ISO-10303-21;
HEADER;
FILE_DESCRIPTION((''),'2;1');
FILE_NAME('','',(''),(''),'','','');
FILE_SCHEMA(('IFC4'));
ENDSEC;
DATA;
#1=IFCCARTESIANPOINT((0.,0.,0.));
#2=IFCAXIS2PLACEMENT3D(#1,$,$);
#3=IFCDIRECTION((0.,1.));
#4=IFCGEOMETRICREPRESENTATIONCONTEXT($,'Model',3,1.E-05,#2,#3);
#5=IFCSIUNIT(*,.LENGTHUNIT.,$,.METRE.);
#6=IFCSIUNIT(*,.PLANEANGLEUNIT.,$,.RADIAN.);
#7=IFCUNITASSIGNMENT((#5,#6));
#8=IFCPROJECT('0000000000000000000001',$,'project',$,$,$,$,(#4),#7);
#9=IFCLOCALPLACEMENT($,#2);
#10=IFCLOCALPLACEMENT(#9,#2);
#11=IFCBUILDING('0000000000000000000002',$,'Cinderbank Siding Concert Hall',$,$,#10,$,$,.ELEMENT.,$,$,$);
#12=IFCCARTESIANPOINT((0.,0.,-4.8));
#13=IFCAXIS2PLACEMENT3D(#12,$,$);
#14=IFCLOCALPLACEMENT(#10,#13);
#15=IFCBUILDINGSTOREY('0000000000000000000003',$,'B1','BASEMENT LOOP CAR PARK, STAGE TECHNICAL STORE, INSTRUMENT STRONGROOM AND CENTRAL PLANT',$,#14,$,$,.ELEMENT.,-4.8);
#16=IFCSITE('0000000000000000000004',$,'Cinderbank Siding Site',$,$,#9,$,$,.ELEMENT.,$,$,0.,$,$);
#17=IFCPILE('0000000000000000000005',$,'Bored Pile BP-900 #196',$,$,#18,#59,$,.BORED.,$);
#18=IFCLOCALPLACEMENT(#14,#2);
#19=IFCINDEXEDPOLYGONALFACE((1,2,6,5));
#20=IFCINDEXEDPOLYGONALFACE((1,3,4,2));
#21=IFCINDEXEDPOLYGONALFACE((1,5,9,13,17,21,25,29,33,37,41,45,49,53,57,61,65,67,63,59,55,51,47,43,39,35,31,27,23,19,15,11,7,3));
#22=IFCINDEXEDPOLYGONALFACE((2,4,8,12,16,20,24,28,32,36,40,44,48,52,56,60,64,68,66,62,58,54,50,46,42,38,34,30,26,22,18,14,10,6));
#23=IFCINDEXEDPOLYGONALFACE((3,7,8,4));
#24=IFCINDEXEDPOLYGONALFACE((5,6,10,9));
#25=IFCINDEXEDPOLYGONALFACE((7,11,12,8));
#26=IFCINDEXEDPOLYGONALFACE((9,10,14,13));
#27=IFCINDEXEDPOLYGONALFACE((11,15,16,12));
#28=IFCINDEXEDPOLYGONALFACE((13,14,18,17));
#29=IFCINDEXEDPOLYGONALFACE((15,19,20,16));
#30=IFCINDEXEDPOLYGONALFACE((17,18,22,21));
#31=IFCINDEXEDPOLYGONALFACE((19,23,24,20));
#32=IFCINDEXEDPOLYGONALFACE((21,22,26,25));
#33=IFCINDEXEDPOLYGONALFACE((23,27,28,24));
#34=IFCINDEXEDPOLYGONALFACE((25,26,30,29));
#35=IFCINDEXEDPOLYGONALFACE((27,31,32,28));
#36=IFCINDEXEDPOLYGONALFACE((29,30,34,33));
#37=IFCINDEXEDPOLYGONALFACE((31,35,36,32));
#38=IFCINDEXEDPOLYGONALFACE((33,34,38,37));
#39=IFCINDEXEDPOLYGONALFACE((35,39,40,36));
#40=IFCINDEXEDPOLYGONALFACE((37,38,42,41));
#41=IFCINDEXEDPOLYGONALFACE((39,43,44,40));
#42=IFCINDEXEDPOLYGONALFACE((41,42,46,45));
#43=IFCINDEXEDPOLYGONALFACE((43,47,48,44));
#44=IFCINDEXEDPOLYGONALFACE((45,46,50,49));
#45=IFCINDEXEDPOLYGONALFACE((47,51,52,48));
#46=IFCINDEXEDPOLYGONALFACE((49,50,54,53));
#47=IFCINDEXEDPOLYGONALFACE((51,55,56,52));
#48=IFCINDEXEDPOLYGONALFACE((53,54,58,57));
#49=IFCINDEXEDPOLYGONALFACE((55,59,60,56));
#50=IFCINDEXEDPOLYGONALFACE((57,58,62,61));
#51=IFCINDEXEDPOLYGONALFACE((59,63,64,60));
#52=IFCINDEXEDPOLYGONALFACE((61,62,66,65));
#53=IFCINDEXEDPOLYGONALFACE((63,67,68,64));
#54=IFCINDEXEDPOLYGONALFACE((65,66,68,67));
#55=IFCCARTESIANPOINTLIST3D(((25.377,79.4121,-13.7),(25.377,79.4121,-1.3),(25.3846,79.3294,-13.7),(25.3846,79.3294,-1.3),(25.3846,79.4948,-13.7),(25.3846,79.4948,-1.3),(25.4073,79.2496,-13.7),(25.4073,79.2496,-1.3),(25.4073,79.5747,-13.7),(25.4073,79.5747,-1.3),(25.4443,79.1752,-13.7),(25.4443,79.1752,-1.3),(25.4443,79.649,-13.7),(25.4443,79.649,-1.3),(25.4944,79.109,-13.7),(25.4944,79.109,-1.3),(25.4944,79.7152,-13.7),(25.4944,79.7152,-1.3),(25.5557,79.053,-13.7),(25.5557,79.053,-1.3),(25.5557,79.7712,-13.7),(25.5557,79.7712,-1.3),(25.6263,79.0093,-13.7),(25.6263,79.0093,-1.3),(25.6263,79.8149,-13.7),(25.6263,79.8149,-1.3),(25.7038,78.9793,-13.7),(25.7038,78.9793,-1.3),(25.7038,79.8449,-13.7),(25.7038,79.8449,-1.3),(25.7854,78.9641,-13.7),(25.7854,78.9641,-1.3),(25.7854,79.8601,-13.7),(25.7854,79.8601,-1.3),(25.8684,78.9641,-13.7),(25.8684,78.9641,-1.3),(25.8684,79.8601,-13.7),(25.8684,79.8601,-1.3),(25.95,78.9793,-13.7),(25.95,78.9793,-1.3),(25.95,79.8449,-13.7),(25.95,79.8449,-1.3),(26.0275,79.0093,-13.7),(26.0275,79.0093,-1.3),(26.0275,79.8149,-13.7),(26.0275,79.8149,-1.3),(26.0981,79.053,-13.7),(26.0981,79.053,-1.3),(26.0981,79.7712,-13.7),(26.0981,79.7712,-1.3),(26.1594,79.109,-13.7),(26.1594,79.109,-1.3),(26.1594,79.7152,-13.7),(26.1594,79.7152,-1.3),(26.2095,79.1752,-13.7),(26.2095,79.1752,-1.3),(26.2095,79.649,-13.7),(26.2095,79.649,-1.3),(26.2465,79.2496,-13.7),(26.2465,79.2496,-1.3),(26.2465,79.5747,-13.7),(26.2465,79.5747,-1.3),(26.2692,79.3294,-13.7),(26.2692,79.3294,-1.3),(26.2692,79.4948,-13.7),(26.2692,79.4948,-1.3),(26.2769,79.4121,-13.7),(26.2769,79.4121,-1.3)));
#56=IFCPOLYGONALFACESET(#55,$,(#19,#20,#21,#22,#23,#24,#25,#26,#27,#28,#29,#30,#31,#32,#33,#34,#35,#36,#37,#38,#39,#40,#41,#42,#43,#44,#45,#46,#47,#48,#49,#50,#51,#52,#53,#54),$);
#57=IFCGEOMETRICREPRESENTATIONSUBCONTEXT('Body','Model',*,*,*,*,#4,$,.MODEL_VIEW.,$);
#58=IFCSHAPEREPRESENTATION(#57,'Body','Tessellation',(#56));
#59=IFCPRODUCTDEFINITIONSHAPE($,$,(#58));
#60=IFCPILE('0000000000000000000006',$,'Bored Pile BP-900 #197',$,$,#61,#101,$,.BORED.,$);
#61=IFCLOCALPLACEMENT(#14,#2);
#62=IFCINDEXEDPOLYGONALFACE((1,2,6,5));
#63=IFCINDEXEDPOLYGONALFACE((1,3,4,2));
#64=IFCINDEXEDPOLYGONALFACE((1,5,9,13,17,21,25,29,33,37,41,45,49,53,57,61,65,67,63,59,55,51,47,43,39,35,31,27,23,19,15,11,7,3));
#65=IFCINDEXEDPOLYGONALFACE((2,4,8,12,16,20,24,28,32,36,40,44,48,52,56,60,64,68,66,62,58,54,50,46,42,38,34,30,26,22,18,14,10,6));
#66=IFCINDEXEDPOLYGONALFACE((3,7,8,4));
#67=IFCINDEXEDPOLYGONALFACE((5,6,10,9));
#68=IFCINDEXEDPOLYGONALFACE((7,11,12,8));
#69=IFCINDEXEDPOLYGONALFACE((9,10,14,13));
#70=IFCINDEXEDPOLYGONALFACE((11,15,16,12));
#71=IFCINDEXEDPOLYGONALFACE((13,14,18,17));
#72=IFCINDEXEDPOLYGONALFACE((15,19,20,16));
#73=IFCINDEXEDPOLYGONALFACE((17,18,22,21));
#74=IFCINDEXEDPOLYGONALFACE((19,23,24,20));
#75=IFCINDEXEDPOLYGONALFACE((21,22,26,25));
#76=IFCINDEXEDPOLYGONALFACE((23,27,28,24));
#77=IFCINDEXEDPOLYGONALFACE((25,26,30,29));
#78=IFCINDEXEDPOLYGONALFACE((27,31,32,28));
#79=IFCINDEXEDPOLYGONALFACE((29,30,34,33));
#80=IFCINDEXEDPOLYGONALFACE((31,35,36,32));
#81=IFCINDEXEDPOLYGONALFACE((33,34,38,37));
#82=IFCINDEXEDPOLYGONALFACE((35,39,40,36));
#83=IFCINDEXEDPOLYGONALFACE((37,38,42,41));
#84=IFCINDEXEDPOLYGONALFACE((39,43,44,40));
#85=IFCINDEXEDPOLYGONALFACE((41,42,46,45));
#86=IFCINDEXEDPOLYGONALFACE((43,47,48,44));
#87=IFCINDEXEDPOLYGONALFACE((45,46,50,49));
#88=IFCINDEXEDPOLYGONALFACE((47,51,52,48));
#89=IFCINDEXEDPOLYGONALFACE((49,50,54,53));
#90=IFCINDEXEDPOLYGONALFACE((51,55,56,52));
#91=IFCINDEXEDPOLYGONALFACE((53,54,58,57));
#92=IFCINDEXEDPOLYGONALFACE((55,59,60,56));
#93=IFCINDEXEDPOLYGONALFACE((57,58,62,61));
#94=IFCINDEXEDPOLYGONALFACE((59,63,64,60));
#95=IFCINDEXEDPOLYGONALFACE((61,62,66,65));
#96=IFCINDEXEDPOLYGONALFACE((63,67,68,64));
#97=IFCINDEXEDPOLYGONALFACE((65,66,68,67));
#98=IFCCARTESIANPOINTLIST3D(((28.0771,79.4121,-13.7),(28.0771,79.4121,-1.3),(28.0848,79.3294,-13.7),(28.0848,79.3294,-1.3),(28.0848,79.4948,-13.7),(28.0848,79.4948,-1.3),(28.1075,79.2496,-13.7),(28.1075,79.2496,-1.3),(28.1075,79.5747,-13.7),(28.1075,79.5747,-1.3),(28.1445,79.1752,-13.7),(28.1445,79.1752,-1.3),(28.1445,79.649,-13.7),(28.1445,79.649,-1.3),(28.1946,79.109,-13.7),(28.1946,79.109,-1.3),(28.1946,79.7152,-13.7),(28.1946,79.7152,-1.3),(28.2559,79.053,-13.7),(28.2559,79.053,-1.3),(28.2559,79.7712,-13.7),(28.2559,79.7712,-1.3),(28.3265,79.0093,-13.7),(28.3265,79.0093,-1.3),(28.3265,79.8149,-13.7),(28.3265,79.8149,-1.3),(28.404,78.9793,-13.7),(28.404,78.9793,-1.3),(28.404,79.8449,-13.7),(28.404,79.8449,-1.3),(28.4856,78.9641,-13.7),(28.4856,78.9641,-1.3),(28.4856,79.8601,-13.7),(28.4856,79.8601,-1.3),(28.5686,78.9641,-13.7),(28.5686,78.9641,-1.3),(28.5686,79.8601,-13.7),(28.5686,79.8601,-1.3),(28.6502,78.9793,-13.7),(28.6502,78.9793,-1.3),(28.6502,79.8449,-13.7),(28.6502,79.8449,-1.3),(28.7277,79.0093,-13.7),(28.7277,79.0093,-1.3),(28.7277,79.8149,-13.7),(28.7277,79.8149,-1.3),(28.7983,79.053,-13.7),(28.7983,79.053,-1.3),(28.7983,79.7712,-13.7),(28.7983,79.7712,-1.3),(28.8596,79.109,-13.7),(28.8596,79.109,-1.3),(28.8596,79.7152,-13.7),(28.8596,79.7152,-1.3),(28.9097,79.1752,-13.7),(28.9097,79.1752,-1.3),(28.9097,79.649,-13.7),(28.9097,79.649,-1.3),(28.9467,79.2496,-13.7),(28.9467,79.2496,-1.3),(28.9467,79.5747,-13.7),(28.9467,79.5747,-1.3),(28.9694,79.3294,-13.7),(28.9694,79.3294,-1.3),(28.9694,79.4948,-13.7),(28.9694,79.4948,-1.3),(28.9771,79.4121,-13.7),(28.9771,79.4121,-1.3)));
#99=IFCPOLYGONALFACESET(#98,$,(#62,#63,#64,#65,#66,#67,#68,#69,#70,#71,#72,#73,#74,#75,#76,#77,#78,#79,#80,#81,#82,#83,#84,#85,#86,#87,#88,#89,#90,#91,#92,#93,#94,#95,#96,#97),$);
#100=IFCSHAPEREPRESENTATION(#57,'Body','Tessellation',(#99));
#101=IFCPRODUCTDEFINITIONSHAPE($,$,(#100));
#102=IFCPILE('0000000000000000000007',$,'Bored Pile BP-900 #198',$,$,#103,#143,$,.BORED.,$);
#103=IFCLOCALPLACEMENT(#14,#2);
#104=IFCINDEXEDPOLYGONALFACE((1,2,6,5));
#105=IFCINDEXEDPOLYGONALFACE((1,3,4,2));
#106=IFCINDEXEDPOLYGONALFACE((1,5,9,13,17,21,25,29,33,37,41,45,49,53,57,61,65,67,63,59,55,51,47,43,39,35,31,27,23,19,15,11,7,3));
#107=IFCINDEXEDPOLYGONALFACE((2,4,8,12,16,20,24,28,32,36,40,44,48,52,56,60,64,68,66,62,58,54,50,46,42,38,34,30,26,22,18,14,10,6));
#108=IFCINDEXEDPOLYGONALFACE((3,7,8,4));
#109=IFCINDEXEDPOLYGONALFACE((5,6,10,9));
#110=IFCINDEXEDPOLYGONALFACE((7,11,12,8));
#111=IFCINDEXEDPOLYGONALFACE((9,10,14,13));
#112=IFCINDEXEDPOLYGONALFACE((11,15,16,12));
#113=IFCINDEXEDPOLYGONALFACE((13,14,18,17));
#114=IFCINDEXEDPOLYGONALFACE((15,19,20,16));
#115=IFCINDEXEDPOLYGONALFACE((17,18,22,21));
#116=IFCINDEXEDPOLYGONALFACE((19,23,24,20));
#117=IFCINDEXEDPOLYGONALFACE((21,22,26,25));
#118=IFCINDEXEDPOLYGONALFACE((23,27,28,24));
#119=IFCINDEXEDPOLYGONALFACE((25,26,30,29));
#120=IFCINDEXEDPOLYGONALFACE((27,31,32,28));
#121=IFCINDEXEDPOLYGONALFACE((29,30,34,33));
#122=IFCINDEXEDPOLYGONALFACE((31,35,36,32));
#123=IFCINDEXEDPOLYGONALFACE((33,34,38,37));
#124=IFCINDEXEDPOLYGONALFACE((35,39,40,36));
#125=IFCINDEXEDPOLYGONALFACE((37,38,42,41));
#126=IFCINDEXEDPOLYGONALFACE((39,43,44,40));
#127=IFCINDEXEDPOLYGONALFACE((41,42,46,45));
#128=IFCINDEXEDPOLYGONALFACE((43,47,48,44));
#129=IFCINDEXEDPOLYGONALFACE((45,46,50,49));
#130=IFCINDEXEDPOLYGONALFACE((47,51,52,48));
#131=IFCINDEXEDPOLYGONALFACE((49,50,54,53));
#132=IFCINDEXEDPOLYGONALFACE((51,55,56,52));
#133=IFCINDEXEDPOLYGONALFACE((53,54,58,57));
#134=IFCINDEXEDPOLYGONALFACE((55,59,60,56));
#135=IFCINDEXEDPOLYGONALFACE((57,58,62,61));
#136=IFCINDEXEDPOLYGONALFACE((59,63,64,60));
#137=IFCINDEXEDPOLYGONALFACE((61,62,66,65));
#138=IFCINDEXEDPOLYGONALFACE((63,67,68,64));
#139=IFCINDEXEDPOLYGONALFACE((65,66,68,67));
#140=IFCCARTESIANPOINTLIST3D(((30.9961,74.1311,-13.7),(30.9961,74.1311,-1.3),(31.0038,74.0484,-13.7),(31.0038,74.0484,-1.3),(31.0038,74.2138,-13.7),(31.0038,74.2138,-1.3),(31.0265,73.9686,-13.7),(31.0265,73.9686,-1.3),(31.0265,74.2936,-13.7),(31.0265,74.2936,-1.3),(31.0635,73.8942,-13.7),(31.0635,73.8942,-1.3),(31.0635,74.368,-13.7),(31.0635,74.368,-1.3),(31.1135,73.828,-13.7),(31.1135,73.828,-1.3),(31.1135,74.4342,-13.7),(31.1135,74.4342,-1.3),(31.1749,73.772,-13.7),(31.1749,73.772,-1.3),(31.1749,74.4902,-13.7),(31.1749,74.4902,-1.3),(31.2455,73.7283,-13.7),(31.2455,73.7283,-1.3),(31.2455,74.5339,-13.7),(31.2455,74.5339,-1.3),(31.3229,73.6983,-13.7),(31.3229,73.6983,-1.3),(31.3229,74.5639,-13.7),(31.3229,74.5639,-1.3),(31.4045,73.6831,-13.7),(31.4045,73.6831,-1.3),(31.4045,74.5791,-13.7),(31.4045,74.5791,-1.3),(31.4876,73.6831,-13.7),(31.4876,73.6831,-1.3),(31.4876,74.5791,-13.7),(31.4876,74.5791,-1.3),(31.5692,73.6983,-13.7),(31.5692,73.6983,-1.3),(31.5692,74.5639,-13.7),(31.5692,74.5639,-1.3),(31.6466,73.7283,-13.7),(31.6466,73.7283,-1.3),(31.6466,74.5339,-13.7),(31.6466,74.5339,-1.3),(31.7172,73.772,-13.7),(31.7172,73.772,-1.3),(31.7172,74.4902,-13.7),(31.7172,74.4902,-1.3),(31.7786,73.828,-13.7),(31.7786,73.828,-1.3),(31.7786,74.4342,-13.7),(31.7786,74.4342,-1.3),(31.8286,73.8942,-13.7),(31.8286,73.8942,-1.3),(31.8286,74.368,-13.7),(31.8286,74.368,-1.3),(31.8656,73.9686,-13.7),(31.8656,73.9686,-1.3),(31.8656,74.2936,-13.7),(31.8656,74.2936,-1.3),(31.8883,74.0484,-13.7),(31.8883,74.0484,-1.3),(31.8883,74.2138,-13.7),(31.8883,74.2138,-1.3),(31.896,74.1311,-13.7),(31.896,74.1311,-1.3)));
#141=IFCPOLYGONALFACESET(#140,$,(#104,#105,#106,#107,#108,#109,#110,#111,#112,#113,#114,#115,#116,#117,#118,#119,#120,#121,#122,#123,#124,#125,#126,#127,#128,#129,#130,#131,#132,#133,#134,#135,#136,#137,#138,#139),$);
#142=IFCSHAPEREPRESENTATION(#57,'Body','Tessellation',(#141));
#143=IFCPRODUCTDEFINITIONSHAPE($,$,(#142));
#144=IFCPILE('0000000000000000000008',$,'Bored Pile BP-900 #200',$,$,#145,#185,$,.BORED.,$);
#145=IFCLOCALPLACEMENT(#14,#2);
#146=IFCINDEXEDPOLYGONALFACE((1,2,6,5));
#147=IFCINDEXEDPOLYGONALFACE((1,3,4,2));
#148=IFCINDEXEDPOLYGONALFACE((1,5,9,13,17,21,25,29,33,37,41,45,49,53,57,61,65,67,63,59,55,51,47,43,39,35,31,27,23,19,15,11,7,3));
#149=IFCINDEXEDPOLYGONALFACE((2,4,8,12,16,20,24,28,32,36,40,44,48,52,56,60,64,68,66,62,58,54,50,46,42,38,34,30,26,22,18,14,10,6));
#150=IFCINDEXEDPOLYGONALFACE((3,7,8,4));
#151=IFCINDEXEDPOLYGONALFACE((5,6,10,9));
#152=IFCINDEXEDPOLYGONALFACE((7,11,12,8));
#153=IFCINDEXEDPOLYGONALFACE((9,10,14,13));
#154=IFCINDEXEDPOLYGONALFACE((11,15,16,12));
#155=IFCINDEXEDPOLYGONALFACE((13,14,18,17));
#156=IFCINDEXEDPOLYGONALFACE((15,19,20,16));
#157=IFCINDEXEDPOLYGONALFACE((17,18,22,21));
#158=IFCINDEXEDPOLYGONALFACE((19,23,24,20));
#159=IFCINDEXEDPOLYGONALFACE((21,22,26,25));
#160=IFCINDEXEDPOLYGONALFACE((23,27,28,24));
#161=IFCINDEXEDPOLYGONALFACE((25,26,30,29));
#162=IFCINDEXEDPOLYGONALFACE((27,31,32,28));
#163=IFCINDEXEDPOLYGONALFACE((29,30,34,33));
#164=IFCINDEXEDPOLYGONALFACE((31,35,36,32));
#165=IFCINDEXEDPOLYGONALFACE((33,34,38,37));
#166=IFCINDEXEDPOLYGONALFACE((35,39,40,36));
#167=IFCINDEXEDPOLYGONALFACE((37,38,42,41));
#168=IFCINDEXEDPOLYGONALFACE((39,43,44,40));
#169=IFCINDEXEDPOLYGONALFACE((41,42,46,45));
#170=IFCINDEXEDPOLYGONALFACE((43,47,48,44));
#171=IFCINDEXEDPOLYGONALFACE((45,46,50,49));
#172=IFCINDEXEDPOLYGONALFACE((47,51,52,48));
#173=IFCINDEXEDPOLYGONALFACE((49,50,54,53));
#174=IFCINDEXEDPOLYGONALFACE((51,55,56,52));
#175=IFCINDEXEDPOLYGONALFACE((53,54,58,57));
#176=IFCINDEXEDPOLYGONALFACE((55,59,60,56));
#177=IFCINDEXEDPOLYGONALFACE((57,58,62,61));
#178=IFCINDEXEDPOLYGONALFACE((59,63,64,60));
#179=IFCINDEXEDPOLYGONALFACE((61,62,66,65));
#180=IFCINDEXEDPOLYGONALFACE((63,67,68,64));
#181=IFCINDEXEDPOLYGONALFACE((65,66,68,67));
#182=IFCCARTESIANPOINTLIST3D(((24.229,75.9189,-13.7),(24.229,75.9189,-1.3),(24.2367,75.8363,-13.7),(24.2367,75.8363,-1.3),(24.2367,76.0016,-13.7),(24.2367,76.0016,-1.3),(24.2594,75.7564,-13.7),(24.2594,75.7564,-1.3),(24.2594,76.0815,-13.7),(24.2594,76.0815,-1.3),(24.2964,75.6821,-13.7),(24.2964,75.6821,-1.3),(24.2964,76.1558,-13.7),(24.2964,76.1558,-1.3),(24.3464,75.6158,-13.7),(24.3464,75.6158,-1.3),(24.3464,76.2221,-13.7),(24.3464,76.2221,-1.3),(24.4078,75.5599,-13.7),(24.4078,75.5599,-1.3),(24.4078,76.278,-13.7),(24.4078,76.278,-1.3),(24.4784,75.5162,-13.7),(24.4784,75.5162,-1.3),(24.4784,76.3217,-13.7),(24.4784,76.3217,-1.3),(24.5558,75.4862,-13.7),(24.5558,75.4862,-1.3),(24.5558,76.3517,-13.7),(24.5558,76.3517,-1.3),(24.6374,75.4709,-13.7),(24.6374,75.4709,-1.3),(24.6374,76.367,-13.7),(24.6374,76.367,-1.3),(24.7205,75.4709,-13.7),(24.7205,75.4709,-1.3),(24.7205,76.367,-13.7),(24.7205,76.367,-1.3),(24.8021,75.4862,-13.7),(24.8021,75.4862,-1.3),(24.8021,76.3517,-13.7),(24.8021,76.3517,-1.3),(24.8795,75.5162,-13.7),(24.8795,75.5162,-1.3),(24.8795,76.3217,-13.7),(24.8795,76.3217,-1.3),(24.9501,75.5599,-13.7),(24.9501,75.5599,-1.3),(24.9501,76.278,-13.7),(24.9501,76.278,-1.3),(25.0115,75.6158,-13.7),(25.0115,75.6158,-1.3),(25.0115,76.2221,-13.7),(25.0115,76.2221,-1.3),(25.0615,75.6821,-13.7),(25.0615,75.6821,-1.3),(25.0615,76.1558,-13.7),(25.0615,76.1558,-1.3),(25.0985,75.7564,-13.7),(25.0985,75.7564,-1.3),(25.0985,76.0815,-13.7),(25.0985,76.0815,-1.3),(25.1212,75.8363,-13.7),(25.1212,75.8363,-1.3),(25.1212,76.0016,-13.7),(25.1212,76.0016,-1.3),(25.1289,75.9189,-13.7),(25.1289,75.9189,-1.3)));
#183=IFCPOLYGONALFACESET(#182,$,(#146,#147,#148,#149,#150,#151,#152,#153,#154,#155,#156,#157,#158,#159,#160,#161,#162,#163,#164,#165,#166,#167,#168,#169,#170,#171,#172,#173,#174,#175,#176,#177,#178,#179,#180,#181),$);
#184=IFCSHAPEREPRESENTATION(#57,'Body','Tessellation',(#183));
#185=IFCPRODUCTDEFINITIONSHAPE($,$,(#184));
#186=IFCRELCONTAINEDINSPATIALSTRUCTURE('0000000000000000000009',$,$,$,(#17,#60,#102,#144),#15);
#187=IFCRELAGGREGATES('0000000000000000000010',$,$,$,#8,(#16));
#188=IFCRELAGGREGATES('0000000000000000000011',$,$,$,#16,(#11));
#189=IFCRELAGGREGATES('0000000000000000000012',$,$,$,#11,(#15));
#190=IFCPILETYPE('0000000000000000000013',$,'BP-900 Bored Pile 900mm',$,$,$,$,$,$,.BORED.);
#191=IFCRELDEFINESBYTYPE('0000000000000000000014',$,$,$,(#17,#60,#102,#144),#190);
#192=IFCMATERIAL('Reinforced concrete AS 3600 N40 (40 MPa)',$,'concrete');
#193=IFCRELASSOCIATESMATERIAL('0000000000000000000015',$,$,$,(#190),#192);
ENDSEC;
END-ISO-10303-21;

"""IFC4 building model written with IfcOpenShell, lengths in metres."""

from ifc_helpers import new_model, si_unit, direction, frame, origin, origin_2d, place, context, subcontext, project, spatial, circle, extrude, material, material_profile, profile_set, type_object, element, save


model = new_model("IFC4")

# Units and contexts
model_context = context("Model", 3, precision=1e-05, world=origin(), true_north=direction((0.0, 1.0)))
body_context = subcontext(model_context, "Body", "Model", "MODEL_VIEW")
ifc_project = project(units=[si_unit("LENGTHUNIT", "METRE"), si_unit("PLANEANGLEUNIT", "RADIAN")], contexts=[model_context])

# Site, building, storey
site_placement = place(None, origin())
site = spatial("IfcSite", under=ifc_project, at=site_placement, Name="Cinderbank Siding Site", CompositionType="ELEMENT", RefElevation=0.0)
building_placement = place(site_placement, origin())
building = spatial("IfcBuilding", under=site, at=building_placement, Name="Cinderbank Siding Concert Hall", CompositionType="ELEMENT")
storey_placement = place(building_placement, frame((0.0, 0.0, -4.8)))
storey = spatial("IfcBuildingStorey", under=building, at=storey_placement, Name="B1", Description="BASEMENT LOOP CAR PARK, STAGE TECHNICAL STORE, INSTRUMENT STRONGROOM AND CENTRAL PLANT", CompositionType="ELEMENT", Elevation=-4.8)

# Piles
ifc_material_1 = material(Name="Reinforced concrete AS 3600 N40 (40 MPa)", Category="concrete")
ifc_material_profile_1 = material_profile(ifc_material_1, circle(Radius=0.45, at=origin_2d()), Name="PILE-900DIA", Category="LoadBearing")
ifc_profile_set_1 = profile_set([ifc_material_profile_1], Name="Reinforced concrete AS 3600 N40 (40 MPa)")
pile_type_1 = type_object("IfcPileType", Name="BP-900 Bored Pile 900mm", PredefinedType="BORED", material=ifc_profile_set_1)
for number, where, z_axis, x_axis, name in (
    (1, (25.8269, 79.4121, -1.3), (0.0, 0.0, -1.0), (1.0, 0.0, 0.0), "Bored Pile BP-900 #196"),
    (2, (28.5271, 79.4121, -1.3), (0.0, 0.0, -1.0), (1.0, 0.0, 0.0), "Bored Pile BP-900 #197"),
    (3, (31.446, 74.1311, -1.3), (0.0, 0.0, -1.0), (1.0, 0.0, 0.0), "Bored Pile BP-900 #198"),
    (4, (24.679, 75.9189, -1.3), (0.0, 0.0, -1.0), (1.0, 0.0, 0.0), "Bored Pile BP-900 #200"),
):
    element("IfcPile", number, at=place(storey_placement, frame(where, z_axis=z_axis, x_axis=x_axis)), inside=storey, type_object=pile_type_1, Name=name, PredefinedType="BORED", context=body_context, shape_type="SweptSolid", body=[
        extrude(circle(Radius=0.45, at=origin_2d()), origin(), (0.0, 0.0, 1.0), 12.3999),
    ])

save(model, "model.ifc")
